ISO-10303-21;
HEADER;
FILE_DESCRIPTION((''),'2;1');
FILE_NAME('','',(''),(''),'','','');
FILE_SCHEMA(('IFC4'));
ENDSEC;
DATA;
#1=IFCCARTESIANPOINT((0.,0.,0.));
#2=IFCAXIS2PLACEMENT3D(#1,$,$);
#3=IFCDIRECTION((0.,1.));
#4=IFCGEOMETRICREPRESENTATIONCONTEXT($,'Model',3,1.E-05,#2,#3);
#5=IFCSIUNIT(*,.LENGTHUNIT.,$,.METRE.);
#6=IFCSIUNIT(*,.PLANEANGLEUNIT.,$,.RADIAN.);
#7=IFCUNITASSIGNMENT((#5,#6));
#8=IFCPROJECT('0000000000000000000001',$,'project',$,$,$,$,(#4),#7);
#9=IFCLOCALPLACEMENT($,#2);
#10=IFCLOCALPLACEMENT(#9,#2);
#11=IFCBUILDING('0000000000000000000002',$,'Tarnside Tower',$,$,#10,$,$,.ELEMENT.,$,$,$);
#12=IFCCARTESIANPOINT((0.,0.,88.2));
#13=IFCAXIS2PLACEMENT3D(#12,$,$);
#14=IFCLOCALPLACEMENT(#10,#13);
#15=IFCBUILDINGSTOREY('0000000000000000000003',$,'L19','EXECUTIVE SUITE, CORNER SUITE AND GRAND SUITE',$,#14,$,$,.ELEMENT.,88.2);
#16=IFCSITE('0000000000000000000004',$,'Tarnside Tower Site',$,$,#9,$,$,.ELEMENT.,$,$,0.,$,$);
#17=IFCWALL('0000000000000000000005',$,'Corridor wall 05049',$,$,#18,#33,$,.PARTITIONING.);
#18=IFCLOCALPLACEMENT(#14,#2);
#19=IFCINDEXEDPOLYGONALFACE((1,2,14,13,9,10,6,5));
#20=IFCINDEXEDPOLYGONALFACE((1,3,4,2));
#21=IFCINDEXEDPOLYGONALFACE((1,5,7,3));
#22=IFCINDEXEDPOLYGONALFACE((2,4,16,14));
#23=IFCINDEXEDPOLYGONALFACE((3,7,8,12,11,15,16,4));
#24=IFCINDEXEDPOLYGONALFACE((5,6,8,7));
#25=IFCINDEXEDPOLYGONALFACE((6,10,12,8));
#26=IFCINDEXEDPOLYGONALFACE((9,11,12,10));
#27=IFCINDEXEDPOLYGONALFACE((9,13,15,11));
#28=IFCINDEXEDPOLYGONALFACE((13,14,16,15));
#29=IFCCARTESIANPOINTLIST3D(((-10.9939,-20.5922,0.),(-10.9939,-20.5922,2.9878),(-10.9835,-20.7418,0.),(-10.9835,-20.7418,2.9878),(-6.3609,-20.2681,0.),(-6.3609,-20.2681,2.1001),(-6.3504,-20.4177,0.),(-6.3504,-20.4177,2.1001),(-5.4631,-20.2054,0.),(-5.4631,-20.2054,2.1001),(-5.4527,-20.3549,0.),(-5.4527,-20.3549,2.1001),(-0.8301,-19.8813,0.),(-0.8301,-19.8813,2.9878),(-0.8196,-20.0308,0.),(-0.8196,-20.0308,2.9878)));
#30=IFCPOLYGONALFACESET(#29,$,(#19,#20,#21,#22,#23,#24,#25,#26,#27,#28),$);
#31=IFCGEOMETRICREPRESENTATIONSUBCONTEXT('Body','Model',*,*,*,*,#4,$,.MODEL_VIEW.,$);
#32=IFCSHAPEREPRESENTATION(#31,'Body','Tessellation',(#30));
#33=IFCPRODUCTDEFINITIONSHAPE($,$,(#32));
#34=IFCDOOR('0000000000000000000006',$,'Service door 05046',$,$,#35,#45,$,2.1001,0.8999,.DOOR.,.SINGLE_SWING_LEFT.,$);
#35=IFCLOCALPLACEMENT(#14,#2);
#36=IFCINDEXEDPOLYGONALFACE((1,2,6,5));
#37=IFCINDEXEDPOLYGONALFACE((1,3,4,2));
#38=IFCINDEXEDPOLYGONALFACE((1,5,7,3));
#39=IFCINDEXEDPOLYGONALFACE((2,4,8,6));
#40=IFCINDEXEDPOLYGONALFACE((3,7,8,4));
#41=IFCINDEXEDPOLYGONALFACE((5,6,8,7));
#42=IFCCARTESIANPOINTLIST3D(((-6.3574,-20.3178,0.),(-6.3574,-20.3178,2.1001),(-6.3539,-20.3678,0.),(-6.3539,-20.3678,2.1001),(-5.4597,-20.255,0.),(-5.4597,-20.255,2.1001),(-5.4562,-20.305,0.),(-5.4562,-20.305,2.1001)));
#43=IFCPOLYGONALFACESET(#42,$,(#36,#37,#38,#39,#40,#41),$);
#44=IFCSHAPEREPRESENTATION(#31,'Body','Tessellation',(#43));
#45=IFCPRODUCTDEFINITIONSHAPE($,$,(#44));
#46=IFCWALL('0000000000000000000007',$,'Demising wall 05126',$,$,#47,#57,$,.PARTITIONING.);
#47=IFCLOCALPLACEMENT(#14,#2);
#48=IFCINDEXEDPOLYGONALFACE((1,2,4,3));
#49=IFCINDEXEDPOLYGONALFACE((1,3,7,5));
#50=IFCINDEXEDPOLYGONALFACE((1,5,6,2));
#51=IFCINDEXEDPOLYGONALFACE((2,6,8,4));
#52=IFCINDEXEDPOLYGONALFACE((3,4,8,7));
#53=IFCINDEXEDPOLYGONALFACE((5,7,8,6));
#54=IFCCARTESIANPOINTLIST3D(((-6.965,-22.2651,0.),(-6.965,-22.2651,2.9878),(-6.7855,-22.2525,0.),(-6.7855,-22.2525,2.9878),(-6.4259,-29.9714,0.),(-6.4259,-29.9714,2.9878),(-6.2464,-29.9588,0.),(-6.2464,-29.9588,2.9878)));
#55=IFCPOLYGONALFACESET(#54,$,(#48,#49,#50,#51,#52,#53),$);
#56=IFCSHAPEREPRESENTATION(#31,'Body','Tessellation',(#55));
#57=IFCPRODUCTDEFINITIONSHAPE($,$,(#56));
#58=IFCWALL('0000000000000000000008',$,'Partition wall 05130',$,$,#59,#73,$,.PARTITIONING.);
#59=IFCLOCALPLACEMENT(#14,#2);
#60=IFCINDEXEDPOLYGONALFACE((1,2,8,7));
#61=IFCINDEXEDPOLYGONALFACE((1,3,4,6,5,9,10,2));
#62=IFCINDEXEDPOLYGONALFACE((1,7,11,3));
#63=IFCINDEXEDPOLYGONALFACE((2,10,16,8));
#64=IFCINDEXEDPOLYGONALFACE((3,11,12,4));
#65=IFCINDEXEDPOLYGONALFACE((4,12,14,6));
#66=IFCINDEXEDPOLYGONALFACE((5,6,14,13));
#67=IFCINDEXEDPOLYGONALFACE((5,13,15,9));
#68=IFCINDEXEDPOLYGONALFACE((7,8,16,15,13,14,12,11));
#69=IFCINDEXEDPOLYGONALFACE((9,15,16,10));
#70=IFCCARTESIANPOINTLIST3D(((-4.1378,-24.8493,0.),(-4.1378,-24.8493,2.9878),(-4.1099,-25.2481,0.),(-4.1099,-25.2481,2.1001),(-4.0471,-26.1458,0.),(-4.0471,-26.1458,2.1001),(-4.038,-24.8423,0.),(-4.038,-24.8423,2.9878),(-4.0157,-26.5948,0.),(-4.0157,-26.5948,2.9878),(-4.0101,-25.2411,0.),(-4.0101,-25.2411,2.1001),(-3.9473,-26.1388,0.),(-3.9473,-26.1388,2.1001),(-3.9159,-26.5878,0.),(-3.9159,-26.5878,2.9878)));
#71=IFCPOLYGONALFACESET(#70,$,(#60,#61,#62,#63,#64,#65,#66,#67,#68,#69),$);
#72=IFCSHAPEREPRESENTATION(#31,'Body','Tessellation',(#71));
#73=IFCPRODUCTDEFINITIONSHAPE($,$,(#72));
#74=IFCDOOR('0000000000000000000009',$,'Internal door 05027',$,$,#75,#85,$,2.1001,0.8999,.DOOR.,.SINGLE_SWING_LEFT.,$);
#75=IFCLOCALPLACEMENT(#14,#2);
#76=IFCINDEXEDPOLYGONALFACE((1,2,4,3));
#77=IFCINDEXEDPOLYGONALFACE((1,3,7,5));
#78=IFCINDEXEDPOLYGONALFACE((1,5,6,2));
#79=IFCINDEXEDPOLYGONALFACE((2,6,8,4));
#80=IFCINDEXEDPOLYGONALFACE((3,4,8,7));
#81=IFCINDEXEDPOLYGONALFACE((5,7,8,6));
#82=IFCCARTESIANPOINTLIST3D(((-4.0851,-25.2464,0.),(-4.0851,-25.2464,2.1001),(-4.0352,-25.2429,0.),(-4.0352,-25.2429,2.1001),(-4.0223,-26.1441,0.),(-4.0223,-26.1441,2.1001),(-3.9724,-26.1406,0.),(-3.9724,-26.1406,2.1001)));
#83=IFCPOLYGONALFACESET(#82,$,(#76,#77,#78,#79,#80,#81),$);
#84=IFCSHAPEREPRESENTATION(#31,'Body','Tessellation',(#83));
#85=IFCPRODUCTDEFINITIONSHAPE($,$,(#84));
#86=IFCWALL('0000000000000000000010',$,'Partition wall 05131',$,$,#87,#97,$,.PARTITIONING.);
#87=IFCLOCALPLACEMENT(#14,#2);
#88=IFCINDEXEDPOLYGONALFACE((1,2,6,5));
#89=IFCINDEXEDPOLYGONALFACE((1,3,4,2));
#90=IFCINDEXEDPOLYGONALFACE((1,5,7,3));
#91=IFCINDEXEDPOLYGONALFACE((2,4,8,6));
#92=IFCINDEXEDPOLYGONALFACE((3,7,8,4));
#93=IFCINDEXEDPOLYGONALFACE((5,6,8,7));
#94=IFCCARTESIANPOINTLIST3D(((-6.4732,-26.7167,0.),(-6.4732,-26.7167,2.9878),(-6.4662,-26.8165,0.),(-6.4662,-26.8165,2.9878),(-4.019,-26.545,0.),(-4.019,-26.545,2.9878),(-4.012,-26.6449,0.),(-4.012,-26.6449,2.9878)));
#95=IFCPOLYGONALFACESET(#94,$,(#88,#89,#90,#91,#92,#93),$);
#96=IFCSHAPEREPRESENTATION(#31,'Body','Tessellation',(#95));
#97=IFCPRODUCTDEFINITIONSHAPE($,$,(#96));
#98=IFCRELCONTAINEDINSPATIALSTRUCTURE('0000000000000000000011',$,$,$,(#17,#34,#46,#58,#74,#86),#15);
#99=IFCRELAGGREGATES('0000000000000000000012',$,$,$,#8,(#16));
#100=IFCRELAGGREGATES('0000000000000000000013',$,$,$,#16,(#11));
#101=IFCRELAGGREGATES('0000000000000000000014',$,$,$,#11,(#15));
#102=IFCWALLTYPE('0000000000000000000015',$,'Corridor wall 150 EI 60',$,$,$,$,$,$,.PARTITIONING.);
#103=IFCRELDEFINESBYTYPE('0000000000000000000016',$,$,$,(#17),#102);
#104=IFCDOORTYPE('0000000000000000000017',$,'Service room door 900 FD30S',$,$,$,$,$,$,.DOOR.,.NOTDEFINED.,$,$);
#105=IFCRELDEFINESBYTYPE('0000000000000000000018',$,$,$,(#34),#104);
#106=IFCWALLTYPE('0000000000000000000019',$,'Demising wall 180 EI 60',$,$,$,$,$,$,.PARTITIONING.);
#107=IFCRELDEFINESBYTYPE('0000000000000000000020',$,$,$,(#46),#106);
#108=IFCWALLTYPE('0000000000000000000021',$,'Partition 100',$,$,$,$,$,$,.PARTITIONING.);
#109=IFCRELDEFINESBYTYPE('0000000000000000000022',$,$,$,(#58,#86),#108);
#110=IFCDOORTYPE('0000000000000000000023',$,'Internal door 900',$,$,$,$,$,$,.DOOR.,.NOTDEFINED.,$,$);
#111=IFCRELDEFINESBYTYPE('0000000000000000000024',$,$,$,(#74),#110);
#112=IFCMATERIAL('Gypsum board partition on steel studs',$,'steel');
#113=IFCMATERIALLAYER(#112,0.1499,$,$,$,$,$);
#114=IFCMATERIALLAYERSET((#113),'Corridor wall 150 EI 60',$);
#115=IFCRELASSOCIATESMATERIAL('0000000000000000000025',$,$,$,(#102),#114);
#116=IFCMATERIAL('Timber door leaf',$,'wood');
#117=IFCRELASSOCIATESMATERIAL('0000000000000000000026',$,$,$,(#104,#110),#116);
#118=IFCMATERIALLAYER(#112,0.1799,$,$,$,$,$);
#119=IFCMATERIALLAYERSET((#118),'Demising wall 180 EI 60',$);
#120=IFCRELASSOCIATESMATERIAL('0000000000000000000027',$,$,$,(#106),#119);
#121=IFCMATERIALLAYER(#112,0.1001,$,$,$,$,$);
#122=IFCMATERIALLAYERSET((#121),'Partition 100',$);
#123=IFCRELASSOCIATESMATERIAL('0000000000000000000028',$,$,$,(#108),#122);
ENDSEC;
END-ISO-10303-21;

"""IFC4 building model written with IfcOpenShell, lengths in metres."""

from ifc_helpers import new_model, si_unit, direction, frame, frame_2d, origin, place, context, subcontext, project, spatial, rectangle, extrude, material, layer, layer_set, type_object, element, fill, save


model = new_model("IFC4")

# Units and contexts
model_context = context("Model", 3, precision=1e-05, world=origin(), true_north=direction((0.0, 1.0)))
body_context = subcontext(model_context, "Body", "Model", "MODEL_VIEW")
ifc_project = project(units=[si_unit("LENGTHUNIT", "METRE"), si_unit("PLANEANGLEUNIT", "RADIAN")], contexts=[model_context])

# Site, building, storey
site_placement = place(None, origin())
site = spatial("IfcSite", under=ifc_project, at=site_placement, Name="Tarnside Tower Site", CompositionType="ELEMENT", RefElevation=0.0)
building_placement = place(site_placement, origin())
building = spatial("IfcBuilding", under=site, at=building_placement, Name="Tarnside Tower", CompositionType="ELEMENT")
storey_placement = place(building_placement, frame((0.0, 0.0, 88.2)))
storey = spatial("IfcBuildingStorey", under=building, at=storey_placement, Name="L19", Description="EXECUTIVE SUITE, CORNER SUITE AND GRAND SUITE", CompositionType="ELEMENT", Elevation=88.2)

# Shared definitions
ifc_material_1 = material(Name="Gypsum board partition on steel studs", Category="steel")

# Shared definitions
ifc_material_2 = material(Name="Timber door leaf", Category="wood")

# Wall, opening, door
ifc_layer_1 = layer(ifc_material_1, 0.1499)
ifc_layer_set_1 = layer_set([ifc_layer_1], Name="Corridor wall 150 EI 60")
wall_type_1 = type_object("IfcWallType", Name="Corridor wall 150 EI 60", PredefinedType="PARTITIONING", material=ifc_layer_set_1)
wall_1_placement = place(storey_placement, frame((-0.825, -19.9561, 0.0), z_axis=(0.0, 0.0, 1.0), x_axis=(-0.997563, -0.069777, 0.0)))
wall_1 = element("IfcWall", 1, at=wall_1_placement, inside=storey, type_object=wall_type_1, Name="Corridor wall 05049", PredefinedType="PARTITIONING", context=body_context, shape_type="SweptSolid", body=[
    extrude(rectangle(XDim=10.1887, YDim=0.1499, at=frame_2d((5.0942, 0.0))), origin(), (0.0, 0.0, 1.0), 2.9878),
])
opening_1_placement = place(wall_1_placement, frame((4.6443, 0.0, 0.0)))
opening_1 = element("IfcOpeningElement", 2, at=opening_1_placement, cuts=wall_1, PredefinedType="OPENING", context=body_context, shape_type="SweptSolid", body=[
    extrude(rectangle(XDim=0.8999, YDim=2.1001, at=frame_2d((0.45, 1.05))), frame((0.0, 0.085, 0.0), z_axis=(0.0, -1.0, 0.0), x_axis=(1.0, 0.0, 0.0)), (0.0, 0.0, 1.0), 0.1699),
])
door_type_1 = type_object("IfcDoorType", Name="Service room door 900 FD30S", OperationType="NOTDEFINED", PredefinedType="DOOR", material=ifc_material_2)
door_1_placement = place(opening_1_placement, origin())
door_1 = element("IfcDoor", 3, at=door_1_placement, inside=storey, type_object=door_type_1, Name="Service door 05046", OperationType="SINGLE_SWING_LEFT", OverallHeight=2.1001, OverallWidth=0.8999, PredefinedType="DOOR", context=body_context, shape_type="SweptSolid", body=[
    extrude(rectangle(XDim=0.8999, YDim=2.1001, at=frame_2d((0.45, 1.05))), frame((0.0, 0.0249, 0.0), z_axis=(0.0, -1.0, 0.0), x_axis=(1.0, 0.0, 0.0)), (0.0, 0.0, 1.0), 0.05),
])
fill(opening_1, door_1)

# Wall
ifc_layer_2 = layer(ifc_material_1, 0.1799)
ifc_layer_set_2 = layer_set([ifc_layer_2], Name="Demising wall 180 EI 60")
wall_type_2 = type_object("IfcWallType", Name="Demising wall 180 EI 60", PredefinedType="PARTITIONING", material=ifc_layer_set_2)
wall_2_placement = place(storey_placement, frame((-6.3362, -29.9651, 0.0), z_axis=(0.0, 0.0, 1.0), x_axis=(-0.06978, 0.997562, 0.0)))
element("IfcWall", 4, at=wall_2_placement, inside=storey, type_object=wall_type_2, Name="Demising wall 05126", PredefinedType="PARTITIONING", context=body_context, shape_type="SweptSolid", body=[
    extrude(rectangle(XDim=7.7251, YDim=0.1799, at=frame_2d((3.8625, 0.0))), origin(), (0.0, 0.0, 1.0), 2.9878),
])

# Wall, opening, door
ifc_layer_3 = layer(ifc_material_1, 0.1001)
ifc_layer_set_3 = layer_set([ifc_layer_3], Name="Partition 100")
wall_type_3 = type_object("IfcWallType", Name="Partition 100", PredefinedType="PARTITIONING", material=ifc_layer_set_3)
wall_3_placement = place(storey_placement, frame((-4.0879, -24.8457, 0.0), z_axis=(0.0, 0.0, 1.0), x_axis=(0.06976, -0.997564, 0.0)))
wall_3 = element("IfcWall", 5, at=wall_3_placement, inside=storey, type_object=wall_type_3, Name="Partition wall 05130", PredefinedType="PARTITIONING", context=body_context, shape_type="SweptSolid", body=[
    extrude(rectangle(XDim=1.7498, YDim=0.1001, at=frame_2d((0.875, 0.0))), origin(), (0.0, 0.0, 1.0), 2.9878),
])
opening_2_placement = place(wall_3_placement, frame((0.3999, 0.0, 0.0)))
opening_2 = element("IfcOpeningElement", 6, at=opening_2_placement, cuts=wall_3, PredefinedType="OPENING", context=body_context, shape_type="SweptSolid", body=[
    extrude(rectangle(XDim=0.8999, YDim=2.1001, at=frame_2d((0.45, 1.05))), frame((0.0, 0.0601, 0.0), z_axis=(0.0, -1.0, 0.0), x_axis=(1.0, 0.0, 0.0)), (0.0, 0.0, 1.0), 0.1201),
])
door_type_2 = type_object("IfcDoorType", Name="Internal door 900", OperationType="NOTDEFINED", PredefinedType="DOOR", material=ifc_material_2)
door_2_placement = place(opening_2_placement, origin())
door_2 = element("IfcDoor", 7, at=door_2_placement, inside=storey, type_object=door_type_2, Name="Internal door 05027", OperationType="SINGLE_SWING_LEFT", OverallHeight=2.1001, OverallWidth=0.8999, PredefinedType="DOOR", context=body_context, shape_type="SweptSolid", body=[
    extrude(rectangle(XDim=0.8999, YDim=2.1001, at=frame_2d((0.45, 1.05))), frame((0.0, 0.0249, 0.0), z_axis=(0.0, -1.0, 0.0), x_axis=(1.0, 0.0, 0.0)), (0.0, 0.0, 1.0), 0.05),
])
fill(opening_2, door_2)

# Wall
wall_4_placement = place(storey_placement, frame((-4.0156, -26.595, 0.0), z_axis=(0.0, 0.0, 1.0), x_axis=(-0.997563, -0.069766, 0.0)))
element("IfcWall", 8, at=wall_4_placement, inside=storey, type_object=wall_type_3, Name="Partition wall 05131", PredefinedType="PARTITIONING", context=body_context, shape_type="SweptSolid", body=[
    extrude(rectangle(XDim=2.4602, YDim=0.1001, at=frame_2d((1.23, 0.0))), origin(), (0.0, 0.0, 1.0), 2.9878),
])

save(model, "model.ifc")
